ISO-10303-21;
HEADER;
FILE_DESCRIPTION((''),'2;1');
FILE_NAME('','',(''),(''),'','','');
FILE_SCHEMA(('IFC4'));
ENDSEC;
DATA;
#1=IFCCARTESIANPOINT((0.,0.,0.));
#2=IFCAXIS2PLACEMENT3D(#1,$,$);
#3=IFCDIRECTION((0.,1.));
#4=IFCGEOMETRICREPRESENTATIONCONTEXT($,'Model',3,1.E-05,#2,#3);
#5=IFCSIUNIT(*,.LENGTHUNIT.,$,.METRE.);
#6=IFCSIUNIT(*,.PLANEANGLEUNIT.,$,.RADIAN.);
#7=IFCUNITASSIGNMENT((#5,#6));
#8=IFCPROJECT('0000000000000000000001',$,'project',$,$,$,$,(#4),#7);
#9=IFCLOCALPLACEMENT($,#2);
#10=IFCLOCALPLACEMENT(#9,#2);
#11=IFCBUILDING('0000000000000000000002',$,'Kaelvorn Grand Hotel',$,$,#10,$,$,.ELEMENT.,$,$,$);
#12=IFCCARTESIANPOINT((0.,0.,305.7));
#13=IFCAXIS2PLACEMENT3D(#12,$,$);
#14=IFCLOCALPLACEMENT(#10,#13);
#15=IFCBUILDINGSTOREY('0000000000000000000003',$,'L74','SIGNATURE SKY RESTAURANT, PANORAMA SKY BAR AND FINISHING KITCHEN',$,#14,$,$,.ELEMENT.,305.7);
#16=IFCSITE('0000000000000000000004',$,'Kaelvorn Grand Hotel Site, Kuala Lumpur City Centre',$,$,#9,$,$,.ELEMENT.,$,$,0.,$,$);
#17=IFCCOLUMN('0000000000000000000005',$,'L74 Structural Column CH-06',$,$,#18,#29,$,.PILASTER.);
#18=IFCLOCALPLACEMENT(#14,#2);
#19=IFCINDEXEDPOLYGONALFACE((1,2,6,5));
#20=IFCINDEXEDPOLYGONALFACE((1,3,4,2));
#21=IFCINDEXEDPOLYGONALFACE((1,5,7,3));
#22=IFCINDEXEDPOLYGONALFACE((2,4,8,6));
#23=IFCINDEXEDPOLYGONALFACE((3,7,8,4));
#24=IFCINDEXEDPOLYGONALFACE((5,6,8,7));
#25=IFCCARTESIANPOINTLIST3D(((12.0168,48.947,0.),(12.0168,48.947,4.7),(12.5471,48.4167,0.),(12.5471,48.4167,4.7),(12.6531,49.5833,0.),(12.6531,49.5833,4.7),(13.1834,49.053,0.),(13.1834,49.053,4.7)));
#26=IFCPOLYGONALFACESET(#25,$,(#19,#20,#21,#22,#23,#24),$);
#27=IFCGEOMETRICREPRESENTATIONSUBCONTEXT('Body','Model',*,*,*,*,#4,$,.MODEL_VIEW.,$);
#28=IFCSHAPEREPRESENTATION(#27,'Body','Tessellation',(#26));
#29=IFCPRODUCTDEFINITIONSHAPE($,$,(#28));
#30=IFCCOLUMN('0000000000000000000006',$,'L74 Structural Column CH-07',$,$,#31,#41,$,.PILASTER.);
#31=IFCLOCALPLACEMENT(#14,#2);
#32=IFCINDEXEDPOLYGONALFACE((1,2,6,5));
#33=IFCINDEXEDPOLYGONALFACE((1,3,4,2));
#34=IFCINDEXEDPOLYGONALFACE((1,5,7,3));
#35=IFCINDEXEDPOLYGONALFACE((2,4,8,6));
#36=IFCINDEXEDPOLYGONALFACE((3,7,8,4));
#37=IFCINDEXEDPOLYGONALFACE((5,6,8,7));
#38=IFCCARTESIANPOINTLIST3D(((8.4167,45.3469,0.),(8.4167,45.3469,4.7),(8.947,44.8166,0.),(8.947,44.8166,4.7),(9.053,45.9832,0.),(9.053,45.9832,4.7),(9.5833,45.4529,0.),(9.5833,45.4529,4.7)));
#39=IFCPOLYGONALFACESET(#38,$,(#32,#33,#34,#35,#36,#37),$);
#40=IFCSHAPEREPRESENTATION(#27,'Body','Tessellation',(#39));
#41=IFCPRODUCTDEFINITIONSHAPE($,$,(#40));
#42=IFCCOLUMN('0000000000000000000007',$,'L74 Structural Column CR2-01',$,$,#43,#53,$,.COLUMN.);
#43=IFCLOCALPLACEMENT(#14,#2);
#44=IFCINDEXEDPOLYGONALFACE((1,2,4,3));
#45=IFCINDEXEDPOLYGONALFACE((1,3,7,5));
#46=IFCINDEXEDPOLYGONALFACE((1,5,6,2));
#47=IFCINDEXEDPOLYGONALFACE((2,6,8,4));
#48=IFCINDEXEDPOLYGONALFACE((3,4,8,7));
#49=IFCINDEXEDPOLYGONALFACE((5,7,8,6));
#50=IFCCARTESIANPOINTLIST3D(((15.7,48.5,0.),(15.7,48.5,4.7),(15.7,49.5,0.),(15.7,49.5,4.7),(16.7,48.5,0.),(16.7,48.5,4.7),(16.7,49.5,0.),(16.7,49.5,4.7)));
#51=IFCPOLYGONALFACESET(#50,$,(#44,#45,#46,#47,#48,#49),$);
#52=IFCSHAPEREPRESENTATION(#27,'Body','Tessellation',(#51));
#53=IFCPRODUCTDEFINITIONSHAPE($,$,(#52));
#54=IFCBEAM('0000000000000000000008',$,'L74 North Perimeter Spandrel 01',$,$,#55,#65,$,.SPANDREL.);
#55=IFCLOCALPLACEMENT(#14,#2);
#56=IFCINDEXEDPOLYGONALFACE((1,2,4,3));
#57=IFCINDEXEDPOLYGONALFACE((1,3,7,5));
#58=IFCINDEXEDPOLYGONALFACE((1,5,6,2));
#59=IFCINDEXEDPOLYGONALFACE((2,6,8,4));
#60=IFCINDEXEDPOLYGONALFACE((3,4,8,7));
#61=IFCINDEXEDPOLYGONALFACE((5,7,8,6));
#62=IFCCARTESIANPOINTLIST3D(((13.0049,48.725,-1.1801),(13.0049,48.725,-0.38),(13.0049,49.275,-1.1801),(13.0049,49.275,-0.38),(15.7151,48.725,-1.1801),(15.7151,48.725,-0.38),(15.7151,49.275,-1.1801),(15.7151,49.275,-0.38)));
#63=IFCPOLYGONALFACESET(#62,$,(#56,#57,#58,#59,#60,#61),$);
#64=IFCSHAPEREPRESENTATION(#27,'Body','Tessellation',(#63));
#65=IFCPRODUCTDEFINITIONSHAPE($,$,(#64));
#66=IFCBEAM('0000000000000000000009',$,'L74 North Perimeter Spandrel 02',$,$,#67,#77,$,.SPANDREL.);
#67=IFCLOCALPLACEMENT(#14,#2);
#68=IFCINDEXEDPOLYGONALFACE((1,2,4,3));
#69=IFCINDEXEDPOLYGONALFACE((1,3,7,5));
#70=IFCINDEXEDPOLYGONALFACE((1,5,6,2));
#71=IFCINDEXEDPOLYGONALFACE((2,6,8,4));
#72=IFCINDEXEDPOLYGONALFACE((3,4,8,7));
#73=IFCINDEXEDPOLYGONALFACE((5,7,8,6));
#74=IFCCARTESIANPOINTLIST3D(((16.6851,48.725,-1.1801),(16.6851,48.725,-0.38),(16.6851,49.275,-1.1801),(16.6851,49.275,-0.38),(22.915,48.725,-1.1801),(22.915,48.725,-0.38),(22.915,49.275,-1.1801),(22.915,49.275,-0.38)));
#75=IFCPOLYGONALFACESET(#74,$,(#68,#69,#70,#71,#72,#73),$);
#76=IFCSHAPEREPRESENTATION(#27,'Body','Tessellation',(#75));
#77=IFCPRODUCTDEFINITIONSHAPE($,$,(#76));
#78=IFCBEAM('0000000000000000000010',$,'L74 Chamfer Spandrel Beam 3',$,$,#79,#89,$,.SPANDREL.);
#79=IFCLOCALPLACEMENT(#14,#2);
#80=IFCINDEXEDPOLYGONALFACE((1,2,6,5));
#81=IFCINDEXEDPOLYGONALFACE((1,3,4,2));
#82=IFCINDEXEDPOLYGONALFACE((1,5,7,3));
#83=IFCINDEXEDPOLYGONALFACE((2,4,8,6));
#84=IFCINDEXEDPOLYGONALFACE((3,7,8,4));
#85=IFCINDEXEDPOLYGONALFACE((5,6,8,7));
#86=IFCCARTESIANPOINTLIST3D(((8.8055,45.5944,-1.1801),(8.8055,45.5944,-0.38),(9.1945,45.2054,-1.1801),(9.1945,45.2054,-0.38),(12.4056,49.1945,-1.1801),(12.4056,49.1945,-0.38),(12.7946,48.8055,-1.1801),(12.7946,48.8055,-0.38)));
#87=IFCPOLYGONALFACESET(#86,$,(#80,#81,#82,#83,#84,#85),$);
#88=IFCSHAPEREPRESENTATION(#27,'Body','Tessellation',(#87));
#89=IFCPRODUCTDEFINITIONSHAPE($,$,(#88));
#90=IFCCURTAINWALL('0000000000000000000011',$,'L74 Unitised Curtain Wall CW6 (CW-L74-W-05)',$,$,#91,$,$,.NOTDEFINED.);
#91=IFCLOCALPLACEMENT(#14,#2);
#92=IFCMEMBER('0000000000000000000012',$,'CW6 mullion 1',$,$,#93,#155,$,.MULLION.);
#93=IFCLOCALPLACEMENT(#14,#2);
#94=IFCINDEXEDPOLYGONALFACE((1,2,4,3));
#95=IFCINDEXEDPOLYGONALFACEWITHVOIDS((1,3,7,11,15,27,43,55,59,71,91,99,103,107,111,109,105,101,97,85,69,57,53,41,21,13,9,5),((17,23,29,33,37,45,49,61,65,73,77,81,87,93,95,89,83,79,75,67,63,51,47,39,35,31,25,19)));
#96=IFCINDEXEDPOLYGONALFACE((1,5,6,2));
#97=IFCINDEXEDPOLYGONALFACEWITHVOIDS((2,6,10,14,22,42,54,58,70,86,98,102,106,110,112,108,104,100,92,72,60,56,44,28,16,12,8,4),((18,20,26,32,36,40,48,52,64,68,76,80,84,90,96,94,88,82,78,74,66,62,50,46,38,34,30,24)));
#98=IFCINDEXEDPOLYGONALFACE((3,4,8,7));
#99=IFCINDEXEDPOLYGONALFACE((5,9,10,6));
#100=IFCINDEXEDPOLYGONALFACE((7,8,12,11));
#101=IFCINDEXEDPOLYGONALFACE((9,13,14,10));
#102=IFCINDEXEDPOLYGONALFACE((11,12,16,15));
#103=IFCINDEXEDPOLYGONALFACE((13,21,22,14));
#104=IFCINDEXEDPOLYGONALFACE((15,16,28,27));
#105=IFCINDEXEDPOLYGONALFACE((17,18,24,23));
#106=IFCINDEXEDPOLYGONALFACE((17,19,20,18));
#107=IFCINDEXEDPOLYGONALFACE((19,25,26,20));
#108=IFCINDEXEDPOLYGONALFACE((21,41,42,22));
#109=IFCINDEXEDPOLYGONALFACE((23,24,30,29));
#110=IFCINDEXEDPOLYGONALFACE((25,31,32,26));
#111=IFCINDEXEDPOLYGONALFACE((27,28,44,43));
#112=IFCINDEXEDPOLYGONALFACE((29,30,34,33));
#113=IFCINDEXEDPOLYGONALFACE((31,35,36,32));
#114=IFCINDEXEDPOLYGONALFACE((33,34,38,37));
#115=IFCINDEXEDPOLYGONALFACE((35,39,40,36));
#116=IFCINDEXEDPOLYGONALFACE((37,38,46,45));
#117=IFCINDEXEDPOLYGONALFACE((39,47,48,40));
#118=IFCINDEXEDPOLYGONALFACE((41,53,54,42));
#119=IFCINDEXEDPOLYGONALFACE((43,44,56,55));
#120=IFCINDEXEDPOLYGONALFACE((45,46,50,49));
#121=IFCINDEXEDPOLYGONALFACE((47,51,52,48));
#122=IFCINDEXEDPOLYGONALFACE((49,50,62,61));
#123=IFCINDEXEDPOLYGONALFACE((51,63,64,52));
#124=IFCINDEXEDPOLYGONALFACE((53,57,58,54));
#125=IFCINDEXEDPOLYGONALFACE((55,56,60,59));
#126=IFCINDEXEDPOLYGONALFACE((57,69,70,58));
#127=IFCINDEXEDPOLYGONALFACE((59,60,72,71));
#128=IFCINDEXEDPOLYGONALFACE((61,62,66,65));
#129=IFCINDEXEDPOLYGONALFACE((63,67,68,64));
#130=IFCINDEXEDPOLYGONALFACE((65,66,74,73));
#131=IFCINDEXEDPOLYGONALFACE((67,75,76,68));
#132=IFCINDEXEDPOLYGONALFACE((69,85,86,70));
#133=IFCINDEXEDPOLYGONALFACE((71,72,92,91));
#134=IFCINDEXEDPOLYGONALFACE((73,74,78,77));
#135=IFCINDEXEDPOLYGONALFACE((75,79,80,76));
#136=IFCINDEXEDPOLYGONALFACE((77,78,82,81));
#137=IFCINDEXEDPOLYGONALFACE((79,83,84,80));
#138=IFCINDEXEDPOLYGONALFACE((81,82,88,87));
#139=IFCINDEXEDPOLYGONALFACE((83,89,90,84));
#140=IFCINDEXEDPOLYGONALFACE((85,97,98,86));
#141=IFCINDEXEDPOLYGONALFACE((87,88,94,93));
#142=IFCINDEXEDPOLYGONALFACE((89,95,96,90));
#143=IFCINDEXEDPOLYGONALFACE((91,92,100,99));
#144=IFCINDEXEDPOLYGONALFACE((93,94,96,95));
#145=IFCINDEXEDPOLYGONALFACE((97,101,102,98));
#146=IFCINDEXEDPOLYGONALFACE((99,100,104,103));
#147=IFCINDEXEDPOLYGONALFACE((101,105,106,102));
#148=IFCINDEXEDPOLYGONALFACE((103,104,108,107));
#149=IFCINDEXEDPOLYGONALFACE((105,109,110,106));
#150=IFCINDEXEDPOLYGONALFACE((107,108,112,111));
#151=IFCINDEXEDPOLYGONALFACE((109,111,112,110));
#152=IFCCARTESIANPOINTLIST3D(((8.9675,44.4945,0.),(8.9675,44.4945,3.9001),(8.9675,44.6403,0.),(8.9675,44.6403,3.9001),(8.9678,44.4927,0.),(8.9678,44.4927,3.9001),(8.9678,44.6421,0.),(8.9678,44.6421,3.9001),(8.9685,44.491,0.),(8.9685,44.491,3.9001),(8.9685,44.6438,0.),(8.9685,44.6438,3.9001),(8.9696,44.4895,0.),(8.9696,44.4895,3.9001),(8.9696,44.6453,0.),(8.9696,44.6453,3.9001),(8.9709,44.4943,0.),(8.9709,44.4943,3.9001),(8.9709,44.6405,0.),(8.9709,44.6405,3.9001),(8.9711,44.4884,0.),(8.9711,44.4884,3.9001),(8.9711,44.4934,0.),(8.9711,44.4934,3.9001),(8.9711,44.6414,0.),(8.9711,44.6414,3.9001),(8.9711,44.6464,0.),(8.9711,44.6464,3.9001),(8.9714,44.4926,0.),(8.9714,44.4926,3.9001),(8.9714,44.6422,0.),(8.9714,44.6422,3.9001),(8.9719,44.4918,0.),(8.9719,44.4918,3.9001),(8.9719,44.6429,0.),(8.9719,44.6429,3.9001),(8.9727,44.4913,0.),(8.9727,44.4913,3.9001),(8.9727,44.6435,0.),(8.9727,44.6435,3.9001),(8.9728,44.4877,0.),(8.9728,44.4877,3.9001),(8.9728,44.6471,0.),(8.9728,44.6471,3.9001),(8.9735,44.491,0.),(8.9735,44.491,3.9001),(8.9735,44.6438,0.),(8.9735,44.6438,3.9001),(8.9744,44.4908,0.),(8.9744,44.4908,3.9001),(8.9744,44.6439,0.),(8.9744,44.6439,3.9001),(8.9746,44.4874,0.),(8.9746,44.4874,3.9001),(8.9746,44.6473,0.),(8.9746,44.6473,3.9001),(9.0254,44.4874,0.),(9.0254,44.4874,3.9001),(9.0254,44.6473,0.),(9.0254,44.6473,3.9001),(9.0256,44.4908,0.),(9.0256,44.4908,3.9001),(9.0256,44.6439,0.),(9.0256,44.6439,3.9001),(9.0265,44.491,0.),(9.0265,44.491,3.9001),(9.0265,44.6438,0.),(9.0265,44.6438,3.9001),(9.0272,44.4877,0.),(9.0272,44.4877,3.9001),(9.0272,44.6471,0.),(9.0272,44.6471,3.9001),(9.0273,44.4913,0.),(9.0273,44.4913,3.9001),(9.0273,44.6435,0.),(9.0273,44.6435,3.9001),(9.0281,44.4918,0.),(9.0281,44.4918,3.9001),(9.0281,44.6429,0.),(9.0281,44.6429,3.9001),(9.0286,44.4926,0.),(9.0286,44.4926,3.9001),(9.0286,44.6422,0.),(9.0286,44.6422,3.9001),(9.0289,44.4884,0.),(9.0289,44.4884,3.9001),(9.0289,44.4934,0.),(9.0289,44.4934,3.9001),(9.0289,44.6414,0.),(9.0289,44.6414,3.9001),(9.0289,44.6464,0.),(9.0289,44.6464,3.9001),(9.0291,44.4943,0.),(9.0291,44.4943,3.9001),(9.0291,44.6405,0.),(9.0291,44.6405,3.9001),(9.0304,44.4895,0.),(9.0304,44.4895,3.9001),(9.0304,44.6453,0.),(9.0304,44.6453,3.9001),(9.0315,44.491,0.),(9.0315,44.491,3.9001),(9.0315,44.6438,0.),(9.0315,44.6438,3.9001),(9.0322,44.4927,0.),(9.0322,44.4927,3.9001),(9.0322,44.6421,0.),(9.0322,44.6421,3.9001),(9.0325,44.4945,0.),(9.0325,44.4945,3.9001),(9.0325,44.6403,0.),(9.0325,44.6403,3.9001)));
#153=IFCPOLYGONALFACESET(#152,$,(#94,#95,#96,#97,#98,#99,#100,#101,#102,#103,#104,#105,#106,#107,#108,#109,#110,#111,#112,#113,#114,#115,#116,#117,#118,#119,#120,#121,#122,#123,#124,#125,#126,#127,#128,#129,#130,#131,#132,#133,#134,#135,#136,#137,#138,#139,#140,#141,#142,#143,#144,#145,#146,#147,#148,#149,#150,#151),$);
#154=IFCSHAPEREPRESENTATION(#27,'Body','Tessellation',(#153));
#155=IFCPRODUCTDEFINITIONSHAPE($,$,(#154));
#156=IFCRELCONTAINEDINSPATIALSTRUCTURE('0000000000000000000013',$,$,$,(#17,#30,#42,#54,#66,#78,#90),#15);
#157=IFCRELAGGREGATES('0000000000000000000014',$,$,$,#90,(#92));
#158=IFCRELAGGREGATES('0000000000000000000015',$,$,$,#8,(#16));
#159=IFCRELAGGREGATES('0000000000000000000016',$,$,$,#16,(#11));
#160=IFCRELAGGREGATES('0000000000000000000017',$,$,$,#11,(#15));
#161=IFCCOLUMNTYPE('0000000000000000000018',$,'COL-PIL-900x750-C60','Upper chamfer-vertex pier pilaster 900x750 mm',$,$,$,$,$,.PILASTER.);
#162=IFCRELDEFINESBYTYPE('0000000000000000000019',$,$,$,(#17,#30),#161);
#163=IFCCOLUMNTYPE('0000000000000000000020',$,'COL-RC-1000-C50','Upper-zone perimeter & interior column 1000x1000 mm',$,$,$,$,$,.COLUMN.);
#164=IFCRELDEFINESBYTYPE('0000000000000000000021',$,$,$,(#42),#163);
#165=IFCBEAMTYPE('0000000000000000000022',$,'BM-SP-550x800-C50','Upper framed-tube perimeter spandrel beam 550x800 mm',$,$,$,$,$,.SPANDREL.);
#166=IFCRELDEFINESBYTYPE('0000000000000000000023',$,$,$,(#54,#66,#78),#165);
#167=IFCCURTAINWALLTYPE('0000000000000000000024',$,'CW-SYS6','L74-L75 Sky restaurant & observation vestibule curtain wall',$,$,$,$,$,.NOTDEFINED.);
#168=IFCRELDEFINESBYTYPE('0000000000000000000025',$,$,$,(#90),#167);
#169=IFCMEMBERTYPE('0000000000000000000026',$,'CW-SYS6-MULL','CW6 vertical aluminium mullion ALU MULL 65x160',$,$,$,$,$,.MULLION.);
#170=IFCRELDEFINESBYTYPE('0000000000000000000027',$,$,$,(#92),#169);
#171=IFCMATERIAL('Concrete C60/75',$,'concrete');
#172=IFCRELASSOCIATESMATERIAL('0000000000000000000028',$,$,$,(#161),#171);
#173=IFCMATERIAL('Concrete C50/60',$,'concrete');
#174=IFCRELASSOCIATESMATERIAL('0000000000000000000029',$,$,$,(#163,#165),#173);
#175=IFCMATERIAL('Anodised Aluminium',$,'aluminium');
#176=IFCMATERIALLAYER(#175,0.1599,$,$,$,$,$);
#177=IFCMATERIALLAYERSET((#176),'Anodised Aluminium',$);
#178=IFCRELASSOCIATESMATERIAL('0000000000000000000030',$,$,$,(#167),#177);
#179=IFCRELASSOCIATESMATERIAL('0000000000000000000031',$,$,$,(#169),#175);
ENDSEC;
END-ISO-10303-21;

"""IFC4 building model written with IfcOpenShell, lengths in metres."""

from ifc_helpers import new_model, si_unit, direction, frame, origin, origin_2d, place, context, subcontext, project, spatial, rectangle, hollow_rectangle, extrude, material, layer, layer_set, material_profile, profile_set, type_object, element, aggregate, save


model = new_model("IFC4")

# Units and contexts
model_context = context("Model", 3, precision=1e-05, world=origin(), true_north=direction((0.0, 1.0)))
body_context = subcontext(model_context, "Body", "Model", "MODEL_VIEW")
ifc_project = project(units=[si_unit("LENGTHUNIT", "METRE"), si_unit("PLANEANGLEUNIT", "RADIAN")], contexts=[model_context])

# Site, building, storey
site_placement = place(None, origin())
site = spatial("IfcSite", under=ifc_project, at=site_placement, Name="Kaelvorn Grand Hotel Site, Kuala Lumpur City Centre", CompositionType="ELEMENT", RefElevation=0.0)
building_placement = place(site_placement, origin())
building = spatial("IfcBuilding", under=site, at=building_placement, Name="Kaelvorn Grand Hotel", CompositionType="ELEMENT")
storey_placement = place(building_placement, frame((0.0, 0.0, 305.7)))
storey = spatial("IfcBuildingStorey", under=building, at=storey_placement, Name="L74", Description="SIGNATURE SKY RESTAURANT, PANORAMA SKY BAR AND FINISHING KITCHEN", CompositionType="ELEMENT", Elevation=305.7)

# Columns
ifc_material_1 = material(Name="Concrete C60/75", Category="concrete")
ifc_material_profile_1 = material_profile(ifc_material_1, rectangle(XDim=0.8999, YDim=0.75, at=origin_2d()), Name="RC PILASTER 900x750")
ifc_profile_set_1 = profile_set([ifc_material_profile_1], Name="Concrete C60/75")
column_type_1 = type_object("IfcColumnType", Name="COL-PIL-900x750-C60", Description="Upper chamfer-vertex pier pilaster 900x750 mm", PredefinedType="PILASTER", material=ifc_profile_set_1)
for number, where, z_axis, x_axis, name in (
    (1, (12.6001, 49.0, 0.0), (0.0, 0.0, 1.0), (0.707107, 0.707107, 0.0), "L74 Structural Column CH-06"),
    (2, (9.0, 45.3999, 0.0), (0.0, 0.0, 1.0), (0.707107, 0.707107, 0.0), "L74 Structural Column CH-07"),
):
    element("IfcColumn", number, at=place(storey_placement, frame(where, z_axis=z_axis, x_axis=x_axis)), inside=storey, type_object=column_type_1, Name=name, PredefinedType="PILASTER", context=body_context, shape_type="SweptSolid", body=[
        extrude(rectangle(XDim=0.8999, YDim=0.75, at=origin_2d()), origin(), (0.0, 0.0, 1.0), 4.7),
    ])
ifc_material_2 = material(Name="Concrete C50/60", Category="concrete")
ifc_material_profile_2 = material_profile(ifc_material_2, rectangle(XDim=1.0, YDim=1.0, at=origin_2d()), Name="RC COL 1000x1000")
ifc_profile_set_2 = profile_set([ifc_material_profile_2], Name="Concrete C50/60")
column_type_2 = type_object("IfcColumnType", Name="COL-RC-1000-C50", Description="Upper-zone perimeter & interior column 1000x1000 mm", PredefinedType="COLUMN", material=ifc_profile_set_2)
column_placement = place(storey_placement, frame((16.2, 49.0, 0.0), z_axis=(0.0, 0.0, 1.0), x_axis=(1.0, 0.0, 0.0)))
element("IfcColumn", 3, at=column_placement, inside=storey, type_object=column_type_2, Name="L74 Structural Column CR2-01", PredefinedType="COLUMN", context=body_context, shape_type="SweptSolid", body=[
    extrude(rectangle(XDim=1.0, YDim=1.0, at=origin_2d()), origin(), (0.0, 0.0, 1.0), 4.7),
])

# Beams
ifc_material_profile_3 = material_profile(ifc_material_2, rectangle(XDim=0.55, YDim=0.8, at=origin_2d()), Name="RC SPANDREL 550x800")
ifc_profile_set_3 = profile_set([ifc_material_profile_3], Name="Concrete C50/60")
beam_type = type_object("IfcBeamType", Name="BM-SP-550x800-C50", Description="Upper framed-tube perimeter spandrel beam 550x800 mm", PredefinedType="SPANDREL", material=ifc_profile_set_3)
beam_1_placement = place(storey_placement, frame((13.0049, 49.0, -0.78), z_axis=(1.0, 0.0, 0.0), x_axis=(0.0, 1.0, 0.0)))
element("IfcBeam", 4, at=beam_1_placement, inside=storey, type_object=beam_type, Name="L74 North Perimeter Spandrel 01", PredefinedType="SPANDREL", context=body_context, shape_type="SweptSolid", body=[
    extrude(rectangle(XDim=0.55, YDim=0.8, at=origin_2d()), origin(), (0.0, 0.0, 1.0), 2.7102),
])
beam_2_placement = place(storey_placement, frame((16.6851, 49.0, -0.78), z_axis=(1.0, 0.0, 0.0), x_axis=(0.0, 1.0, 0.0)))
element("IfcBeam", 5, at=beam_2_placement, inside=storey, type_object=beam_type, Name="L74 North Perimeter Spandrel 02", PredefinedType="SPANDREL", context=body_context, shape_type="SweptSolid", body=[
    extrude(rectangle(XDim=0.55, YDim=0.8, at=origin_2d()), origin(), (0.0, 0.0, 1.0), 6.23),
])
beam_3_placement = place(storey_placement, frame((12.6001, 49.0, -0.78), z_axis=(-0.707107, -0.707107, 0.0), x_axis=(0.707107, -0.707107, 0.0)))
element("IfcBeam", 6, at=beam_3_placement, inside=storey, type_object=beam_type, Name="L74 Chamfer Spandrel Beam 3", PredefinedType="SPANDREL", context=body_context, shape_type="SweptSolid", body=[
    extrude(rectangle(XDim=0.55, YDim=0.8, at=origin_2d()), origin(), (0.0, 0.0, 1.0), 5.0913),
])

# Curtain wall, member
ifc_material_3 = material(Name="Anodised Aluminium", Category="aluminium")
ifc_layer_1 = layer(ifc_material_3, 0.1599)
ifc_layer_set_1 = layer_set([ifc_layer_1], Name="Anodised Aluminium")
curtain_wall_type = type_object("IfcCurtainWallType", Name="CW-SYS6", Description="L74-L75 Sky restaurant & observation vestibule curtain wall", PredefinedType="NOTDEFINED", material=ifc_layer_set_1)
curtain_wall_placement = place(storey_placement, origin())
curtain_wall = element("IfcCurtainWall", 7, at=curtain_wall_placement, inside=storey, type_object=curtain_wall_type, Name="L74 Unitised Curtain Wall CW6 (CW-L74-W-05)", PredefinedType="NOTDEFINED")
ifc_material_profile_4 = material_profile(ifc_material_3, hollow_rectangle(XDim=0.0649, YDim=0.1599, WallThickness=0.0034, InnerFilletRadius=0.0034, OuterFilletRadius=0.0071, at=origin_2d()), Name="ALU MULL 65x160")
ifc_profile_set_4 = profile_set([ifc_material_profile_4], Name="Anodised Aluminium")
member_type_1 = type_object("IfcMemberType", Name="CW-SYS6-MULL", Description="CW6 vertical aluminium mullion ALU MULL 65x160", PredefinedType="MULLION", material=ifc_profile_set_4)
member_1_placement = place(storey_placement, frame((9.0, 44.5674, 0.0), z_axis=(0.0, 0.0, 1.0), x_axis=(1.0, 0.0, 0.0)))
member_1 = element("IfcMember", 8, at=member_1_placement, type_object=member_type_1, Name="CW6 mullion 1", PredefinedType="MULLION", context=body_context, shape_type="SweptSolid", body=[
    extrude(hollow_rectangle(XDim=0.0649, YDim=0.1599, WallThickness=0.0034, InnerFilletRadius=0.0034, OuterFilletRadius=0.0071, at=origin_2d()), origin(), (0.0, 0.0, 1.0), 3.9001),
])
aggregate(curtain_wall, [member_1])

save(model, "model.ifc")
